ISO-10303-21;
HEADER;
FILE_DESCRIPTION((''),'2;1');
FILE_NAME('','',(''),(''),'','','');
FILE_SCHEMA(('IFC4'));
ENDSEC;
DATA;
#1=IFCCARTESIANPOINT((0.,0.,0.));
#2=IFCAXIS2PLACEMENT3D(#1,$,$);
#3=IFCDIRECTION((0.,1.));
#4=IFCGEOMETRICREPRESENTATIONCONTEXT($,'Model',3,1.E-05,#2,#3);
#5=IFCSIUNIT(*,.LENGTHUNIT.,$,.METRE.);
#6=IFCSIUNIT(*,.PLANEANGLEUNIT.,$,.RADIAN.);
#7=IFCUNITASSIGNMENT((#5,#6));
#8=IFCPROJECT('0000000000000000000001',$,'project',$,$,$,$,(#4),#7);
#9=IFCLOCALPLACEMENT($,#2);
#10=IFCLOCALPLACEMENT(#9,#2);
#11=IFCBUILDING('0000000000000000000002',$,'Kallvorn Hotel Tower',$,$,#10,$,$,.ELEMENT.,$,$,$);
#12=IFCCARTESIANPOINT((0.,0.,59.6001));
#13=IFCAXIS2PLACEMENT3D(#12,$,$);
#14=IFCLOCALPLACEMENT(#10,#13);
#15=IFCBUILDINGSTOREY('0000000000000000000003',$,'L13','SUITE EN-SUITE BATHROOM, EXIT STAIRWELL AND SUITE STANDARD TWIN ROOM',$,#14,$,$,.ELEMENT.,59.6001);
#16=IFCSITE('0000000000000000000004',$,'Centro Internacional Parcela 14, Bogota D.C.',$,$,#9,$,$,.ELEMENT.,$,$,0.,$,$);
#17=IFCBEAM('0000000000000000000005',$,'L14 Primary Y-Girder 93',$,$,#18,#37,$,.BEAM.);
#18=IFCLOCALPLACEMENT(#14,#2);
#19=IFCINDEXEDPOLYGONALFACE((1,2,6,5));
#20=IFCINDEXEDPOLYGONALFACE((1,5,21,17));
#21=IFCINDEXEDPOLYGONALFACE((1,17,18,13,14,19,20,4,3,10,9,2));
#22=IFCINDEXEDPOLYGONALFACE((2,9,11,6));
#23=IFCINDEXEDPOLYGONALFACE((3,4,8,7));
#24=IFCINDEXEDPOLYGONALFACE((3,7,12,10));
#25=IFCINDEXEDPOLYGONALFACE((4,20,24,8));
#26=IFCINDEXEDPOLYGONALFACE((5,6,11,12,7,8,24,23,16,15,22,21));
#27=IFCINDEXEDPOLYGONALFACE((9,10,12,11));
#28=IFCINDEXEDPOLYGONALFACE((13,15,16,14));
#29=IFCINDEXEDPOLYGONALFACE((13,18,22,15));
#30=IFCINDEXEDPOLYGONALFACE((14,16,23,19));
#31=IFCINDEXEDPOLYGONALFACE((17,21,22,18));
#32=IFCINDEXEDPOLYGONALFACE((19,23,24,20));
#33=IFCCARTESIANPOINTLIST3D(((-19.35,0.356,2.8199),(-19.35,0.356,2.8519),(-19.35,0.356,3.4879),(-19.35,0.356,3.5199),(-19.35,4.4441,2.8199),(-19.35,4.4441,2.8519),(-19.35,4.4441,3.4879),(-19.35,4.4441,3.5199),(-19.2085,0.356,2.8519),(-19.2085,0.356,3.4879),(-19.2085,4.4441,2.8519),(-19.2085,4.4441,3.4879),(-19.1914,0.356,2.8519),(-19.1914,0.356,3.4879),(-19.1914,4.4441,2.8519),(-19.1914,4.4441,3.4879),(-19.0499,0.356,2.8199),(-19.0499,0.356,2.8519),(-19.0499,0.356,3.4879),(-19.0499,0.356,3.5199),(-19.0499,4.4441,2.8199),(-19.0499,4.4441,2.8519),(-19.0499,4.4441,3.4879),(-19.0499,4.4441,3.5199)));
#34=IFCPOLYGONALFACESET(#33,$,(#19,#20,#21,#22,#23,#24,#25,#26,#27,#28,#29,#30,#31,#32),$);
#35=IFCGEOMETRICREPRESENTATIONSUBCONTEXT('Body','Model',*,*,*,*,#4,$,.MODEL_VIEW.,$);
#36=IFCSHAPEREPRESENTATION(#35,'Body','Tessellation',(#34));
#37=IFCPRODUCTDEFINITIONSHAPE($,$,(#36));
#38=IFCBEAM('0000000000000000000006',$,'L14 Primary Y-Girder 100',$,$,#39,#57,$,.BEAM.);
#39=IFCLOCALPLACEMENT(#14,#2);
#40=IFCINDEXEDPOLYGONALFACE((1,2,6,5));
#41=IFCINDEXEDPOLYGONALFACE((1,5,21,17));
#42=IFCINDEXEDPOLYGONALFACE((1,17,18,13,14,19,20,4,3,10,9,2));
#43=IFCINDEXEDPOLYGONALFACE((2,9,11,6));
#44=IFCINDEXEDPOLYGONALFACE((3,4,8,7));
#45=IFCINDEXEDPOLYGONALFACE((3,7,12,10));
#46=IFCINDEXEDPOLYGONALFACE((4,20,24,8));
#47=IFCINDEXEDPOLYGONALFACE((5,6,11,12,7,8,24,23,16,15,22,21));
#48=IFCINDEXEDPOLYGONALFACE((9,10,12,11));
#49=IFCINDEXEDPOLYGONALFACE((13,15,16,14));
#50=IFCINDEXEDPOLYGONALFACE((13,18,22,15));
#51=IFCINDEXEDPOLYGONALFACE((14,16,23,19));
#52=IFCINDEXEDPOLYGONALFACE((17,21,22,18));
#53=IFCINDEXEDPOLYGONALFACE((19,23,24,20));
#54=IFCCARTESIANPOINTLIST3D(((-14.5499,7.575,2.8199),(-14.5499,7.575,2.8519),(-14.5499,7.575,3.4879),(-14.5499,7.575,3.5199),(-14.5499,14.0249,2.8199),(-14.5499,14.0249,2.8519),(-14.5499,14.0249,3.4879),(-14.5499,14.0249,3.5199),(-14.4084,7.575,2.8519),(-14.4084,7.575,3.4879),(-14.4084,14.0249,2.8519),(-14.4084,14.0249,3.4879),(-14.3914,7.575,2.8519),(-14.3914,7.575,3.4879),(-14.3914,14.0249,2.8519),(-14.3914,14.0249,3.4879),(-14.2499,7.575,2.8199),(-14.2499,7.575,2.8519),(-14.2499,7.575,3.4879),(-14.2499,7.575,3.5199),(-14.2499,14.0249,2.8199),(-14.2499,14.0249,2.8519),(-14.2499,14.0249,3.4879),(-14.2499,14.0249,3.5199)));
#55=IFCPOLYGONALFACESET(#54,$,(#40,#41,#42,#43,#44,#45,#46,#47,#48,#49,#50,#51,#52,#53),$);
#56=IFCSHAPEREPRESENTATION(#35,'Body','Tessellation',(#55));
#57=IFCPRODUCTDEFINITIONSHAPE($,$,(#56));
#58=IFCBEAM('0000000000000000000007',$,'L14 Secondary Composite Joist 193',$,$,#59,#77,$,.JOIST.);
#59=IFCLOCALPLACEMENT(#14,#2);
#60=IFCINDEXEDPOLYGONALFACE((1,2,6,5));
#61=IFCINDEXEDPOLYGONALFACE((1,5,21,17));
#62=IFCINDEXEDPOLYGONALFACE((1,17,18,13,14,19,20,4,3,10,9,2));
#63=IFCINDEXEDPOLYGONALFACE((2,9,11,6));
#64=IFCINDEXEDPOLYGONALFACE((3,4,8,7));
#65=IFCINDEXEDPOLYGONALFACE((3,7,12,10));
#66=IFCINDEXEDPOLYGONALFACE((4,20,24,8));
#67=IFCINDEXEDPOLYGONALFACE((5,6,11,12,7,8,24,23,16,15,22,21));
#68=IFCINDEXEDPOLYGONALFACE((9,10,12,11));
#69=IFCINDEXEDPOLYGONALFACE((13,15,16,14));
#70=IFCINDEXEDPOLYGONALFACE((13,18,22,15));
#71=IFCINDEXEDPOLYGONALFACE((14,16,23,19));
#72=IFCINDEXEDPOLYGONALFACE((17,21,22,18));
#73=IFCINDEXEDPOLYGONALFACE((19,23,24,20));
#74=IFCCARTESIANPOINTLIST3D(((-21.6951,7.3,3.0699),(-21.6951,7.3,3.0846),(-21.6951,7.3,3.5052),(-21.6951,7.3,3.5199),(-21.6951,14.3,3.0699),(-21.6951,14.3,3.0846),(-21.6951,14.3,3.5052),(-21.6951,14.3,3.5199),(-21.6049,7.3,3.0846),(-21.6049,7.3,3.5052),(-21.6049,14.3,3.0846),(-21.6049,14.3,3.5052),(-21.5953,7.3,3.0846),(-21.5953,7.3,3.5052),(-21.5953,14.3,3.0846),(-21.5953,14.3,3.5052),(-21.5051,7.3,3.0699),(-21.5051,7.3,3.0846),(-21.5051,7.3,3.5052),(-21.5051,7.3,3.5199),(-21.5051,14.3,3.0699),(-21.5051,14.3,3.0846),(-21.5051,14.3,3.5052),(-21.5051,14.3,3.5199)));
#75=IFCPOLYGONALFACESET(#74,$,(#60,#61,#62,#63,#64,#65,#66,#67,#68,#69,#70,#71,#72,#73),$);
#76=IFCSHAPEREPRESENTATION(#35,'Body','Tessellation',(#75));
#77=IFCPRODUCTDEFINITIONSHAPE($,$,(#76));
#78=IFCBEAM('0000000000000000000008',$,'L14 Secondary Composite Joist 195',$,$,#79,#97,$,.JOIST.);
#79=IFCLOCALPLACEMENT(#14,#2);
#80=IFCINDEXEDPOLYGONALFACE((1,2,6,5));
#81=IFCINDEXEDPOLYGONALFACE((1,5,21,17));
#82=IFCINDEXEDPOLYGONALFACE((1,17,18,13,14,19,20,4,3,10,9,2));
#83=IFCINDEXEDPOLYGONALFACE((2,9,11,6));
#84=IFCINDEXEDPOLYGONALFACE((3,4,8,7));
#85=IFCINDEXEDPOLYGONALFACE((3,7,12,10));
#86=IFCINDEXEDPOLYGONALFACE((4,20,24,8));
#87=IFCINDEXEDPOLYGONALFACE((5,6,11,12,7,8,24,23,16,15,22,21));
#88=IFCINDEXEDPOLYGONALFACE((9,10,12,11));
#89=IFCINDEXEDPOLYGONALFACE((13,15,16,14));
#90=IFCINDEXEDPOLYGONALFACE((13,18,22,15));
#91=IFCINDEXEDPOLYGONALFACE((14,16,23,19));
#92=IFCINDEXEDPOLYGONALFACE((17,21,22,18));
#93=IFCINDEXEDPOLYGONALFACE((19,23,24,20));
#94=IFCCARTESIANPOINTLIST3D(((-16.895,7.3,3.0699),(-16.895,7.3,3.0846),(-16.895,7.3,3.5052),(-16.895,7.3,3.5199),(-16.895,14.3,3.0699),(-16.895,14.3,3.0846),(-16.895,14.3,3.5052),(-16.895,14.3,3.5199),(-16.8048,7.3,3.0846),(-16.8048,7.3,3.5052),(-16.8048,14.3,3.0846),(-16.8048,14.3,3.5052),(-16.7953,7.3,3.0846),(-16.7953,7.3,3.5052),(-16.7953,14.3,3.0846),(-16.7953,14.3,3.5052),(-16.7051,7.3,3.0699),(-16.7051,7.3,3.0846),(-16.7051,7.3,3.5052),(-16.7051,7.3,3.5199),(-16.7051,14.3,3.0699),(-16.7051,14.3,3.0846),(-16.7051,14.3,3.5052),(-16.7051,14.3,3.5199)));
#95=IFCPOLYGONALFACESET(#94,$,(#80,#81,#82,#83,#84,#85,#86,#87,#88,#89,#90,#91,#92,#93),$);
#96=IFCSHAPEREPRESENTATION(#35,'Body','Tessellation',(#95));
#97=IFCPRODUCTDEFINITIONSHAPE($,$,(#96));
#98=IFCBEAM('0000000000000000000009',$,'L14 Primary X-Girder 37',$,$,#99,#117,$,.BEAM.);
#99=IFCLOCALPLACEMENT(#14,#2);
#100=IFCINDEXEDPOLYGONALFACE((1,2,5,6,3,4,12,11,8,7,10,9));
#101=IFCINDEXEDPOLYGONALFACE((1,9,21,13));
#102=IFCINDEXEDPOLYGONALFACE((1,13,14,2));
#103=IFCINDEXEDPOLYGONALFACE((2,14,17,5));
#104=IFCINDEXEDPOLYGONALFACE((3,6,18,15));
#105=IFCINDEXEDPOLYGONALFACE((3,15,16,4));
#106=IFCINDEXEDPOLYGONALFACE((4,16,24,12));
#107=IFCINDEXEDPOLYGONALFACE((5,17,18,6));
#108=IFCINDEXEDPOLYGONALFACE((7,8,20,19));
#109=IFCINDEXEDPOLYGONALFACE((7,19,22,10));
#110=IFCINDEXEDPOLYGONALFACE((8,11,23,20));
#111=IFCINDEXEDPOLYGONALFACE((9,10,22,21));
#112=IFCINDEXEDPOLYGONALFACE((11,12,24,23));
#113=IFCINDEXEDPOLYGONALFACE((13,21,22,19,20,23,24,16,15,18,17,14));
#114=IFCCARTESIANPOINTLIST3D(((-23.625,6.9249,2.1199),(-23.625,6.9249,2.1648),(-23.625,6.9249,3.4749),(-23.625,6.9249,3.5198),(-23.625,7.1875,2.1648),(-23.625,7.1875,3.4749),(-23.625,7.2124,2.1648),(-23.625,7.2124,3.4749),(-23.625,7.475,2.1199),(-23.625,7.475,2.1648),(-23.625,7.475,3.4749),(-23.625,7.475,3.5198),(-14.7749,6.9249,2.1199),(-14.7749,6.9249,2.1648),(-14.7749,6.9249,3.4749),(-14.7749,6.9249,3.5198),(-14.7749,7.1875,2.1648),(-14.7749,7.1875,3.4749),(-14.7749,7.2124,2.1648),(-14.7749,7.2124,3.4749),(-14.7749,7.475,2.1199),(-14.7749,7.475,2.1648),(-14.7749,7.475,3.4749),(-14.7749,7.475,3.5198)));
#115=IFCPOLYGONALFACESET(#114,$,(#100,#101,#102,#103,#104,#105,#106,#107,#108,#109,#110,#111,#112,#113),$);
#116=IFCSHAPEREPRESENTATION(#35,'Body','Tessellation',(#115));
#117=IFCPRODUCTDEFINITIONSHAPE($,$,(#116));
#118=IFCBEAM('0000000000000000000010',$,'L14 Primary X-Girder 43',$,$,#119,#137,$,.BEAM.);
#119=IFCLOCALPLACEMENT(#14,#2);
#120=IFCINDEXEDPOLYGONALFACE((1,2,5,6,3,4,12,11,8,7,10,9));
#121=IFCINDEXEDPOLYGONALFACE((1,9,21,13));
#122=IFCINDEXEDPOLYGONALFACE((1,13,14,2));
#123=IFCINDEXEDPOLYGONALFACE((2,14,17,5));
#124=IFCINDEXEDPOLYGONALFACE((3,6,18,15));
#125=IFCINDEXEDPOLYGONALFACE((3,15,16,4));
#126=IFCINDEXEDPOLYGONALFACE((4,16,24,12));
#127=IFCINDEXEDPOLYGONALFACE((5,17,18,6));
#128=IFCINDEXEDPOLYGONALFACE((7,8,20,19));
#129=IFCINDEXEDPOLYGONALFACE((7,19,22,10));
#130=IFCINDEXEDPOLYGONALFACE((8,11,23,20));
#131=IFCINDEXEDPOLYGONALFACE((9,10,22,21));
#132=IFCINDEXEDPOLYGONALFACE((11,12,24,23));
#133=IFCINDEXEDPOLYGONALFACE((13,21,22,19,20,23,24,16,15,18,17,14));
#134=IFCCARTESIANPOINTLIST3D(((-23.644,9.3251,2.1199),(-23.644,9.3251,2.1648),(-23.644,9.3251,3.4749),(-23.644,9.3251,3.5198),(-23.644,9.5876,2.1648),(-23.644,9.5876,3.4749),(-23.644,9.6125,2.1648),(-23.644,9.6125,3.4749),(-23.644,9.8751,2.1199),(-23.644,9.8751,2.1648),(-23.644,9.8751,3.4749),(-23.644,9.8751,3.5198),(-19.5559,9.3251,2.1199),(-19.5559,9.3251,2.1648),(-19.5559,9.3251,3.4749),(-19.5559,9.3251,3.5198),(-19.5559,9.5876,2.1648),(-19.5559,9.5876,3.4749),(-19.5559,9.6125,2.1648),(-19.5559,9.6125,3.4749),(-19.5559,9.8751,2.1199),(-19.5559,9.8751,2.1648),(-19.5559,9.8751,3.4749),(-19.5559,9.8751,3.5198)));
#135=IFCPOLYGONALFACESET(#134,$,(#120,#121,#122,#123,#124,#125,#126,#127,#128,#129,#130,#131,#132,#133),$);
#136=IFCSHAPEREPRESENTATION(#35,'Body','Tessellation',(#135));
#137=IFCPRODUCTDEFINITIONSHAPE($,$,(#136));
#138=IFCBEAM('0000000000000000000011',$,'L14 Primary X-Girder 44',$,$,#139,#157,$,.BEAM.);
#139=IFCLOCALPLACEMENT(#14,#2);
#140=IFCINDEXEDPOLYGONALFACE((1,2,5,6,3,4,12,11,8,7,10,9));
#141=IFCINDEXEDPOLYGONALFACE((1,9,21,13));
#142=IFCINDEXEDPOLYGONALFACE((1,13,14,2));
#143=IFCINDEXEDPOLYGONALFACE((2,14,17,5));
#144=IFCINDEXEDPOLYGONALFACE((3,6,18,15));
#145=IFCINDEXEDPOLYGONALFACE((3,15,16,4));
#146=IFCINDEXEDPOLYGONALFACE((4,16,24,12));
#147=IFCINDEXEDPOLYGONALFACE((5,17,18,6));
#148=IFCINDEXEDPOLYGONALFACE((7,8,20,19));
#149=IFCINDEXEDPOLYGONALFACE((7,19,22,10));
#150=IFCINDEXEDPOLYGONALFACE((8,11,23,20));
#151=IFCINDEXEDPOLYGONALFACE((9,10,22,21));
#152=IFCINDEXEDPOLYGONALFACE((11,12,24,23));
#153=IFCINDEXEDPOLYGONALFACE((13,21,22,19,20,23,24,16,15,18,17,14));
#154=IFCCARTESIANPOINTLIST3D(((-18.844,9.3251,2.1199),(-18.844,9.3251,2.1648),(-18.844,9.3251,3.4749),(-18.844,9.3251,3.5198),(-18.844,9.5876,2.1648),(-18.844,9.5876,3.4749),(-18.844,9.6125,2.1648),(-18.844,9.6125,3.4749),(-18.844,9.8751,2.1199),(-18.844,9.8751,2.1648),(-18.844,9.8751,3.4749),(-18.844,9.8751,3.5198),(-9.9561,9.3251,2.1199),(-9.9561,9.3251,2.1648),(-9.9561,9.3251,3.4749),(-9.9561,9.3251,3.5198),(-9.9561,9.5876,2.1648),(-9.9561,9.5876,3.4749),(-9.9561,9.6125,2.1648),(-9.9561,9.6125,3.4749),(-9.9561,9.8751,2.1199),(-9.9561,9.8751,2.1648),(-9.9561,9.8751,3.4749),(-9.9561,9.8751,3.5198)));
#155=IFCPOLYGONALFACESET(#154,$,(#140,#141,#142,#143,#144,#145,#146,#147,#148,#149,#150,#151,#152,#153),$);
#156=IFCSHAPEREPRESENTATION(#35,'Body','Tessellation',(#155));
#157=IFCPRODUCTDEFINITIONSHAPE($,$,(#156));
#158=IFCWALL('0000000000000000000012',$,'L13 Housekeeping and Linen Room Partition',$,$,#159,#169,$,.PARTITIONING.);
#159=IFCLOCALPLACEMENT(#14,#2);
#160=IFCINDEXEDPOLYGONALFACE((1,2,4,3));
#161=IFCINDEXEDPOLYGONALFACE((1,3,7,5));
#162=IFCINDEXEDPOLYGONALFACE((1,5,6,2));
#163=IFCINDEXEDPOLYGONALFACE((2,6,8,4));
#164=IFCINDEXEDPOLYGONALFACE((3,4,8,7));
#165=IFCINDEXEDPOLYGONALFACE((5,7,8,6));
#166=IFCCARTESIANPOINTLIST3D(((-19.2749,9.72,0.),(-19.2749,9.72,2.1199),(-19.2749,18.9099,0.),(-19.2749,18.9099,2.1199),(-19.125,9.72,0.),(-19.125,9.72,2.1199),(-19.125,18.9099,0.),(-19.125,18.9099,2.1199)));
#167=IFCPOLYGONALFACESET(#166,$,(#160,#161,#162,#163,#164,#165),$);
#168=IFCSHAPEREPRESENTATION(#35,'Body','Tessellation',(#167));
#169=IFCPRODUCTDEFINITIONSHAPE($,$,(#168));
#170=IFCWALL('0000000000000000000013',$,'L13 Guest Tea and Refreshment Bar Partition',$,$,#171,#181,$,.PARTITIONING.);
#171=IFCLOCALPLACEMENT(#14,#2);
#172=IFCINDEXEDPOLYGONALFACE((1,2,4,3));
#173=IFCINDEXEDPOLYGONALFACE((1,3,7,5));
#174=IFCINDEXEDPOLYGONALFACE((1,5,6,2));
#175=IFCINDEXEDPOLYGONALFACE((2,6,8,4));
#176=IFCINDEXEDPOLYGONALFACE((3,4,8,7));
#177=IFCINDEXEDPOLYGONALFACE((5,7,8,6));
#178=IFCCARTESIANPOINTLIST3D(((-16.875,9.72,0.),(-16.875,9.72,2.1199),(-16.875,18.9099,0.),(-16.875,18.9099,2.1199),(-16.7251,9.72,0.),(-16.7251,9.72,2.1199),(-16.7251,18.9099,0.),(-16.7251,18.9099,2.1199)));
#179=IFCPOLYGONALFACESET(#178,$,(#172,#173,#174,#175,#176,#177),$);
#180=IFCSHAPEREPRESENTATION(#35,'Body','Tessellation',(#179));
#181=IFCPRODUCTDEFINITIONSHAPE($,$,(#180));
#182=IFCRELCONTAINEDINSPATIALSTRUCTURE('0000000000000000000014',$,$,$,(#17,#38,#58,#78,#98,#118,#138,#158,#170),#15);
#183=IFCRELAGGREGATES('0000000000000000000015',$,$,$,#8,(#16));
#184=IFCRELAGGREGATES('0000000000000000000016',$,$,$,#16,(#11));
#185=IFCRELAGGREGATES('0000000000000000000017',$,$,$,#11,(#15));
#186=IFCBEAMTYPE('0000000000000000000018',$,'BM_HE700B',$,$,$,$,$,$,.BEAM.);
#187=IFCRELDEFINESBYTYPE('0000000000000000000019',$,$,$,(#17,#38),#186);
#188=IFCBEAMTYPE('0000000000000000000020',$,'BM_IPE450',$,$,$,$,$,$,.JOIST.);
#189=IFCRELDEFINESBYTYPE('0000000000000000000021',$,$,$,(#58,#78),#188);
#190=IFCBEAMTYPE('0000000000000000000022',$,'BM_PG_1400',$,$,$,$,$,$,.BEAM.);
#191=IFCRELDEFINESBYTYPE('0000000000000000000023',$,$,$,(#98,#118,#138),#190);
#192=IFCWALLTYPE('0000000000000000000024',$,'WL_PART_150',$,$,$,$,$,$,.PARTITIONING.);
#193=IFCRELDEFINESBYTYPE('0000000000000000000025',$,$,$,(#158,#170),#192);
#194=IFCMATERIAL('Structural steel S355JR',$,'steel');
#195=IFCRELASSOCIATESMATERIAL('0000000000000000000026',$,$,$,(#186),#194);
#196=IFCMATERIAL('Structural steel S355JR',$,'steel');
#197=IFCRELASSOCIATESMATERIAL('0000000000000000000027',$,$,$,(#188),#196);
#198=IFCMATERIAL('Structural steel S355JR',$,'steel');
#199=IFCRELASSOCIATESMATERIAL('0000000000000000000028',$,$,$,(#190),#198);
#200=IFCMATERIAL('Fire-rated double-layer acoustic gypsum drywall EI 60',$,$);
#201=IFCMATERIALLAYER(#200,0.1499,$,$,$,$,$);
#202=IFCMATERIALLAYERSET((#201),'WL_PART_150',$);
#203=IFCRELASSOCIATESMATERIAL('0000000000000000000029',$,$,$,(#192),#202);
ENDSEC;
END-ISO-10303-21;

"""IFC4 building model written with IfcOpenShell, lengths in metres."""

from ifc_helpers import new_model, si_unit, direction, frame, frame_2d, origin, origin_2d, place, context, subcontext, project, spatial, rectangle, i_section, extrude, material, layer, layer_set, material_profile, profile_set, type_object, element, save


model = new_model("IFC4")

# Units and contexts
model_context = context("Model", 3, precision=1e-05, world=origin(), true_north=direction((0.0, 1.0)))
body_context = subcontext(model_context, "Body", "Model", "MODEL_VIEW")
ifc_project = project(units=[si_unit("LENGTHUNIT", "METRE"), si_unit("PLANEANGLEUNIT", "RADIAN")], contexts=[model_context])

# Site, building, storey
site_placement = place(None, origin())
site = spatial("IfcSite", under=ifc_project, at=site_placement, Name="Centro Internacional Parcela 14, Bogota D.C.", CompositionType="ELEMENT", RefElevation=0.0)
building_placement = place(site_placement, origin())
building = spatial("IfcBuilding", under=site, at=building_placement, Name="Kallvorn Hotel Tower", CompositionType="ELEMENT")
storey_placement = place(building_placement, frame((0.0, 0.0, 59.6001)))
storey = spatial("IfcBuildingStorey", under=building, at=storey_placement, Name="L13", Description="SUITE EN-SUITE BATHROOM, EXIT STAIRWELL AND SUITE STANDARD TWIN ROOM", CompositionType="ELEMENT", Elevation=59.6001)

# Beams
ifc_material_1 = material(Name="Structural steel S355JR", Category="steel")
ifc_material_profile_1 = material_profile(ifc_material_1, i_section(OverallWidth=0.3, OverallDepth=0.7, WebThickness=0.0171, FlangeThickness=0.032, at=origin_2d()), Name="HE 700 B")
ifc_profile_set_1 = profile_set([ifc_material_profile_1], Name="Structural steel S355JR")
beam_type_1 = type_object("IfcBeamType", Name="BM_HE700B", PredefinedType="BEAM", material=ifc_profile_set_1)
beam_1_placement = place(storey_placement, frame((-19.2, 0.356, 3.1699), z_axis=(0.0, 1.0, 0.0), x_axis=(-1.0, 0.0, 0.0)))
element("IfcBeam", 1, at=beam_1_placement, inside=storey, type_object=beam_type_1, Name="L14 Primary Y-Girder 93", PredefinedType="BEAM", context=body_context, shape_type="SweptSolid", body=[
    extrude(i_section(OverallWidth=0.3, OverallDepth=0.7, WebThickness=0.0171, FlangeThickness=0.032, at=origin_2d()), origin(), (0.0, 0.0, 1.0), 4.0881),
])
beam_2_placement = place(storey_placement, frame((-14.3999, 7.575, 3.1699), z_axis=(0.0, 1.0, 0.0), x_axis=(-1.0, 0.0, 0.0)))
element("IfcBeam", 2, at=beam_2_placement, inside=storey, type_object=beam_type_1, Name="L14 Primary Y-Girder 100", PredefinedType="BEAM", context=body_context, shape_type="SweptSolid", body=[
    extrude(i_section(OverallWidth=0.3, OverallDepth=0.7, WebThickness=0.0171, FlangeThickness=0.032, at=origin_2d()), origin(), (0.0, 0.0, 1.0), 6.45),
])
ifc_material_2 = material(Name="Structural steel S355JR", Category="steel")
ifc_material_profile_2 = material_profile(ifc_material_2, i_section(OverallWidth=0.1899, OverallDepth=0.45, WebThickness=0.0095, FlangeThickness=0.0146, at=origin_2d()), Name="IPE 450")
ifc_profile_set_2 = profile_set([ifc_material_profile_2], Name="Structural steel S355JR")
beam_type_2 = type_object("IfcBeamType", Name="BM_IPE450", PredefinedType="JOIST", material=ifc_profile_set_2)
for number, where, z_axis, x_axis, name in (
    (3, (-21.6001, 7.3, 3.2949), (0.0, 1.0, 0.0), (-1.0, 0.0, 0.0), "L14 Secondary Composite Joist 193"),
    (4, (-16.8, 7.3, 3.2949), (0.0, 1.0, 0.0), (-1.0, 0.0, 0.0), "L14 Secondary Composite Joist 195"),
):
    element("IfcBeam", number, at=place(storey_placement, frame(where, z_axis=z_axis, x_axis=x_axis)), inside=storey, type_object=beam_type_2, Name=name, PredefinedType="JOIST", context=body_context, shape_type="SweptSolid", body=[
        extrude(i_section(OverallWidth=0.1899, OverallDepth=0.45, WebThickness=0.0095, FlangeThickness=0.0146, at=origin_2d()), origin(), (0.0, 0.0, 1.0), 7.0),
    ])
ifc_material_3 = material(Name="Structural steel S355JR", Category="steel")
ifc_material_profile_3 = material_profile(ifc_material_3, i_section(OverallWidth=0.55, OverallDepth=1.3999, WebThickness=0.0249, FlangeThickness=0.0449, at=origin_2d()), Name="PG 1400x550x25x45")
ifc_profile_set_3 = profile_set([ifc_material_profile_3], Name="Structural steel S355JR")
beam_type_3 = type_object("IfcBeamType", Name="BM_PG_1400", PredefinedType="BEAM", material=ifc_profile_set_3)
beam_3_placement = place(storey_placement, frame((-23.625, 7.2, 2.8198), z_axis=(1.0, 0.0, 0.0), x_axis=(0.0, 1.0, 0.0)))
element("IfcBeam", 5, at=beam_3_placement, inside=storey, type_object=beam_type_3, Name="L14 Primary X-Girder 37", PredefinedType="BEAM", context=body_context, shape_type="SweptSolid", body=[
    extrude(i_section(OverallWidth=0.55, OverallDepth=1.3999, WebThickness=0.0249, FlangeThickness=0.0449, at=origin_2d()), origin(), (0.0, 0.0, 1.0), 8.8501),
])
beam_4_placement = place(storey_placement, frame((-23.644, 9.6001, 2.8198), z_axis=(1.0, 0.0, 0.0), x_axis=(0.0, 1.0, 0.0)))
element("IfcBeam", 6, at=beam_4_placement, inside=storey, type_object=beam_type_3, Name="L14 Primary X-Girder 43", PredefinedType="BEAM", context=body_context, shape_type="SweptSolid", body=[
    extrude(i_section(OverallWidth=0.55, OverallDepth=1.3999, WebThickness=0.0249, FlangeThickness=0.0449, at=origin_2d()), origin(), (0.0, 0.0, 1.0), 4.0881),
])
beam_5_placement = place(storey_placement, frame((-18.844, 9.6001, 2.8198), z_axis=(1.0, 0.0, 0.0), x_axis=(0.0, 1.0, 0.0)))
element("IfcBeam", 7, at=beam_5_placement, inside=storey, type_object=beam_type_3, Name="L14 Primary X-Girder 44", PredefinedType="BEAM", context=body_context, shape_type="SweptSolid", body=[
    extrude(i_section(OverallWidth=0.55, OverallDepth=1.3999, WebThickness=0.0249, FlangeThickness=0.0449, at=origin_2d()), origin(), (0.0, 0.0, 1.0), 8.8879),
])

# Walls
ifc_material_4 = material(Name="Fire-rated double-layer acoustic gypsum drywall EI 60")
ifc_layer = layer(ifc_material_4, 0.1499)
ifc_layer_set = layer_set([ifc_layer], Name="WL_PART_150")
wall_type = type_object("IfcWallType", Name="WL_PART_150", PredefinedType="PARTITIONING", material=ifc_layer_set)
for number, where, z_axis, x_axis, name in (
    (8, (-19.2, 9.72, 0.0), (0.0, 0.0, 1.0), (0.0, 1.0, 0.0), "L13 Housekeeping and Linen Room Partition"),
    (9, (-16.8, 9.72, 0.0), (0.0, 0.0, 1.0), (0.0, 1.0, 0.0), "L13 Guest Tea and Refreshment Bar Partition"),
):
    element("IfcWall", number, at=place(storey_placement, frame(where, z_axis=z_axis, x_axis=x_axis)), inside=storey, type_object=wall_type, Name=name, PredefinedType="PARTITIONING", context=body_context, shape_type="SweptSolid", body=[
        extrude(rectangle(XDim=9.1899, YDim=0.1499, at=frame_2d((4.595, 0.0))), origin(), (0.0, 0.0, 1.0), 2.1199),
    ])

save(model, "model.ifc")
